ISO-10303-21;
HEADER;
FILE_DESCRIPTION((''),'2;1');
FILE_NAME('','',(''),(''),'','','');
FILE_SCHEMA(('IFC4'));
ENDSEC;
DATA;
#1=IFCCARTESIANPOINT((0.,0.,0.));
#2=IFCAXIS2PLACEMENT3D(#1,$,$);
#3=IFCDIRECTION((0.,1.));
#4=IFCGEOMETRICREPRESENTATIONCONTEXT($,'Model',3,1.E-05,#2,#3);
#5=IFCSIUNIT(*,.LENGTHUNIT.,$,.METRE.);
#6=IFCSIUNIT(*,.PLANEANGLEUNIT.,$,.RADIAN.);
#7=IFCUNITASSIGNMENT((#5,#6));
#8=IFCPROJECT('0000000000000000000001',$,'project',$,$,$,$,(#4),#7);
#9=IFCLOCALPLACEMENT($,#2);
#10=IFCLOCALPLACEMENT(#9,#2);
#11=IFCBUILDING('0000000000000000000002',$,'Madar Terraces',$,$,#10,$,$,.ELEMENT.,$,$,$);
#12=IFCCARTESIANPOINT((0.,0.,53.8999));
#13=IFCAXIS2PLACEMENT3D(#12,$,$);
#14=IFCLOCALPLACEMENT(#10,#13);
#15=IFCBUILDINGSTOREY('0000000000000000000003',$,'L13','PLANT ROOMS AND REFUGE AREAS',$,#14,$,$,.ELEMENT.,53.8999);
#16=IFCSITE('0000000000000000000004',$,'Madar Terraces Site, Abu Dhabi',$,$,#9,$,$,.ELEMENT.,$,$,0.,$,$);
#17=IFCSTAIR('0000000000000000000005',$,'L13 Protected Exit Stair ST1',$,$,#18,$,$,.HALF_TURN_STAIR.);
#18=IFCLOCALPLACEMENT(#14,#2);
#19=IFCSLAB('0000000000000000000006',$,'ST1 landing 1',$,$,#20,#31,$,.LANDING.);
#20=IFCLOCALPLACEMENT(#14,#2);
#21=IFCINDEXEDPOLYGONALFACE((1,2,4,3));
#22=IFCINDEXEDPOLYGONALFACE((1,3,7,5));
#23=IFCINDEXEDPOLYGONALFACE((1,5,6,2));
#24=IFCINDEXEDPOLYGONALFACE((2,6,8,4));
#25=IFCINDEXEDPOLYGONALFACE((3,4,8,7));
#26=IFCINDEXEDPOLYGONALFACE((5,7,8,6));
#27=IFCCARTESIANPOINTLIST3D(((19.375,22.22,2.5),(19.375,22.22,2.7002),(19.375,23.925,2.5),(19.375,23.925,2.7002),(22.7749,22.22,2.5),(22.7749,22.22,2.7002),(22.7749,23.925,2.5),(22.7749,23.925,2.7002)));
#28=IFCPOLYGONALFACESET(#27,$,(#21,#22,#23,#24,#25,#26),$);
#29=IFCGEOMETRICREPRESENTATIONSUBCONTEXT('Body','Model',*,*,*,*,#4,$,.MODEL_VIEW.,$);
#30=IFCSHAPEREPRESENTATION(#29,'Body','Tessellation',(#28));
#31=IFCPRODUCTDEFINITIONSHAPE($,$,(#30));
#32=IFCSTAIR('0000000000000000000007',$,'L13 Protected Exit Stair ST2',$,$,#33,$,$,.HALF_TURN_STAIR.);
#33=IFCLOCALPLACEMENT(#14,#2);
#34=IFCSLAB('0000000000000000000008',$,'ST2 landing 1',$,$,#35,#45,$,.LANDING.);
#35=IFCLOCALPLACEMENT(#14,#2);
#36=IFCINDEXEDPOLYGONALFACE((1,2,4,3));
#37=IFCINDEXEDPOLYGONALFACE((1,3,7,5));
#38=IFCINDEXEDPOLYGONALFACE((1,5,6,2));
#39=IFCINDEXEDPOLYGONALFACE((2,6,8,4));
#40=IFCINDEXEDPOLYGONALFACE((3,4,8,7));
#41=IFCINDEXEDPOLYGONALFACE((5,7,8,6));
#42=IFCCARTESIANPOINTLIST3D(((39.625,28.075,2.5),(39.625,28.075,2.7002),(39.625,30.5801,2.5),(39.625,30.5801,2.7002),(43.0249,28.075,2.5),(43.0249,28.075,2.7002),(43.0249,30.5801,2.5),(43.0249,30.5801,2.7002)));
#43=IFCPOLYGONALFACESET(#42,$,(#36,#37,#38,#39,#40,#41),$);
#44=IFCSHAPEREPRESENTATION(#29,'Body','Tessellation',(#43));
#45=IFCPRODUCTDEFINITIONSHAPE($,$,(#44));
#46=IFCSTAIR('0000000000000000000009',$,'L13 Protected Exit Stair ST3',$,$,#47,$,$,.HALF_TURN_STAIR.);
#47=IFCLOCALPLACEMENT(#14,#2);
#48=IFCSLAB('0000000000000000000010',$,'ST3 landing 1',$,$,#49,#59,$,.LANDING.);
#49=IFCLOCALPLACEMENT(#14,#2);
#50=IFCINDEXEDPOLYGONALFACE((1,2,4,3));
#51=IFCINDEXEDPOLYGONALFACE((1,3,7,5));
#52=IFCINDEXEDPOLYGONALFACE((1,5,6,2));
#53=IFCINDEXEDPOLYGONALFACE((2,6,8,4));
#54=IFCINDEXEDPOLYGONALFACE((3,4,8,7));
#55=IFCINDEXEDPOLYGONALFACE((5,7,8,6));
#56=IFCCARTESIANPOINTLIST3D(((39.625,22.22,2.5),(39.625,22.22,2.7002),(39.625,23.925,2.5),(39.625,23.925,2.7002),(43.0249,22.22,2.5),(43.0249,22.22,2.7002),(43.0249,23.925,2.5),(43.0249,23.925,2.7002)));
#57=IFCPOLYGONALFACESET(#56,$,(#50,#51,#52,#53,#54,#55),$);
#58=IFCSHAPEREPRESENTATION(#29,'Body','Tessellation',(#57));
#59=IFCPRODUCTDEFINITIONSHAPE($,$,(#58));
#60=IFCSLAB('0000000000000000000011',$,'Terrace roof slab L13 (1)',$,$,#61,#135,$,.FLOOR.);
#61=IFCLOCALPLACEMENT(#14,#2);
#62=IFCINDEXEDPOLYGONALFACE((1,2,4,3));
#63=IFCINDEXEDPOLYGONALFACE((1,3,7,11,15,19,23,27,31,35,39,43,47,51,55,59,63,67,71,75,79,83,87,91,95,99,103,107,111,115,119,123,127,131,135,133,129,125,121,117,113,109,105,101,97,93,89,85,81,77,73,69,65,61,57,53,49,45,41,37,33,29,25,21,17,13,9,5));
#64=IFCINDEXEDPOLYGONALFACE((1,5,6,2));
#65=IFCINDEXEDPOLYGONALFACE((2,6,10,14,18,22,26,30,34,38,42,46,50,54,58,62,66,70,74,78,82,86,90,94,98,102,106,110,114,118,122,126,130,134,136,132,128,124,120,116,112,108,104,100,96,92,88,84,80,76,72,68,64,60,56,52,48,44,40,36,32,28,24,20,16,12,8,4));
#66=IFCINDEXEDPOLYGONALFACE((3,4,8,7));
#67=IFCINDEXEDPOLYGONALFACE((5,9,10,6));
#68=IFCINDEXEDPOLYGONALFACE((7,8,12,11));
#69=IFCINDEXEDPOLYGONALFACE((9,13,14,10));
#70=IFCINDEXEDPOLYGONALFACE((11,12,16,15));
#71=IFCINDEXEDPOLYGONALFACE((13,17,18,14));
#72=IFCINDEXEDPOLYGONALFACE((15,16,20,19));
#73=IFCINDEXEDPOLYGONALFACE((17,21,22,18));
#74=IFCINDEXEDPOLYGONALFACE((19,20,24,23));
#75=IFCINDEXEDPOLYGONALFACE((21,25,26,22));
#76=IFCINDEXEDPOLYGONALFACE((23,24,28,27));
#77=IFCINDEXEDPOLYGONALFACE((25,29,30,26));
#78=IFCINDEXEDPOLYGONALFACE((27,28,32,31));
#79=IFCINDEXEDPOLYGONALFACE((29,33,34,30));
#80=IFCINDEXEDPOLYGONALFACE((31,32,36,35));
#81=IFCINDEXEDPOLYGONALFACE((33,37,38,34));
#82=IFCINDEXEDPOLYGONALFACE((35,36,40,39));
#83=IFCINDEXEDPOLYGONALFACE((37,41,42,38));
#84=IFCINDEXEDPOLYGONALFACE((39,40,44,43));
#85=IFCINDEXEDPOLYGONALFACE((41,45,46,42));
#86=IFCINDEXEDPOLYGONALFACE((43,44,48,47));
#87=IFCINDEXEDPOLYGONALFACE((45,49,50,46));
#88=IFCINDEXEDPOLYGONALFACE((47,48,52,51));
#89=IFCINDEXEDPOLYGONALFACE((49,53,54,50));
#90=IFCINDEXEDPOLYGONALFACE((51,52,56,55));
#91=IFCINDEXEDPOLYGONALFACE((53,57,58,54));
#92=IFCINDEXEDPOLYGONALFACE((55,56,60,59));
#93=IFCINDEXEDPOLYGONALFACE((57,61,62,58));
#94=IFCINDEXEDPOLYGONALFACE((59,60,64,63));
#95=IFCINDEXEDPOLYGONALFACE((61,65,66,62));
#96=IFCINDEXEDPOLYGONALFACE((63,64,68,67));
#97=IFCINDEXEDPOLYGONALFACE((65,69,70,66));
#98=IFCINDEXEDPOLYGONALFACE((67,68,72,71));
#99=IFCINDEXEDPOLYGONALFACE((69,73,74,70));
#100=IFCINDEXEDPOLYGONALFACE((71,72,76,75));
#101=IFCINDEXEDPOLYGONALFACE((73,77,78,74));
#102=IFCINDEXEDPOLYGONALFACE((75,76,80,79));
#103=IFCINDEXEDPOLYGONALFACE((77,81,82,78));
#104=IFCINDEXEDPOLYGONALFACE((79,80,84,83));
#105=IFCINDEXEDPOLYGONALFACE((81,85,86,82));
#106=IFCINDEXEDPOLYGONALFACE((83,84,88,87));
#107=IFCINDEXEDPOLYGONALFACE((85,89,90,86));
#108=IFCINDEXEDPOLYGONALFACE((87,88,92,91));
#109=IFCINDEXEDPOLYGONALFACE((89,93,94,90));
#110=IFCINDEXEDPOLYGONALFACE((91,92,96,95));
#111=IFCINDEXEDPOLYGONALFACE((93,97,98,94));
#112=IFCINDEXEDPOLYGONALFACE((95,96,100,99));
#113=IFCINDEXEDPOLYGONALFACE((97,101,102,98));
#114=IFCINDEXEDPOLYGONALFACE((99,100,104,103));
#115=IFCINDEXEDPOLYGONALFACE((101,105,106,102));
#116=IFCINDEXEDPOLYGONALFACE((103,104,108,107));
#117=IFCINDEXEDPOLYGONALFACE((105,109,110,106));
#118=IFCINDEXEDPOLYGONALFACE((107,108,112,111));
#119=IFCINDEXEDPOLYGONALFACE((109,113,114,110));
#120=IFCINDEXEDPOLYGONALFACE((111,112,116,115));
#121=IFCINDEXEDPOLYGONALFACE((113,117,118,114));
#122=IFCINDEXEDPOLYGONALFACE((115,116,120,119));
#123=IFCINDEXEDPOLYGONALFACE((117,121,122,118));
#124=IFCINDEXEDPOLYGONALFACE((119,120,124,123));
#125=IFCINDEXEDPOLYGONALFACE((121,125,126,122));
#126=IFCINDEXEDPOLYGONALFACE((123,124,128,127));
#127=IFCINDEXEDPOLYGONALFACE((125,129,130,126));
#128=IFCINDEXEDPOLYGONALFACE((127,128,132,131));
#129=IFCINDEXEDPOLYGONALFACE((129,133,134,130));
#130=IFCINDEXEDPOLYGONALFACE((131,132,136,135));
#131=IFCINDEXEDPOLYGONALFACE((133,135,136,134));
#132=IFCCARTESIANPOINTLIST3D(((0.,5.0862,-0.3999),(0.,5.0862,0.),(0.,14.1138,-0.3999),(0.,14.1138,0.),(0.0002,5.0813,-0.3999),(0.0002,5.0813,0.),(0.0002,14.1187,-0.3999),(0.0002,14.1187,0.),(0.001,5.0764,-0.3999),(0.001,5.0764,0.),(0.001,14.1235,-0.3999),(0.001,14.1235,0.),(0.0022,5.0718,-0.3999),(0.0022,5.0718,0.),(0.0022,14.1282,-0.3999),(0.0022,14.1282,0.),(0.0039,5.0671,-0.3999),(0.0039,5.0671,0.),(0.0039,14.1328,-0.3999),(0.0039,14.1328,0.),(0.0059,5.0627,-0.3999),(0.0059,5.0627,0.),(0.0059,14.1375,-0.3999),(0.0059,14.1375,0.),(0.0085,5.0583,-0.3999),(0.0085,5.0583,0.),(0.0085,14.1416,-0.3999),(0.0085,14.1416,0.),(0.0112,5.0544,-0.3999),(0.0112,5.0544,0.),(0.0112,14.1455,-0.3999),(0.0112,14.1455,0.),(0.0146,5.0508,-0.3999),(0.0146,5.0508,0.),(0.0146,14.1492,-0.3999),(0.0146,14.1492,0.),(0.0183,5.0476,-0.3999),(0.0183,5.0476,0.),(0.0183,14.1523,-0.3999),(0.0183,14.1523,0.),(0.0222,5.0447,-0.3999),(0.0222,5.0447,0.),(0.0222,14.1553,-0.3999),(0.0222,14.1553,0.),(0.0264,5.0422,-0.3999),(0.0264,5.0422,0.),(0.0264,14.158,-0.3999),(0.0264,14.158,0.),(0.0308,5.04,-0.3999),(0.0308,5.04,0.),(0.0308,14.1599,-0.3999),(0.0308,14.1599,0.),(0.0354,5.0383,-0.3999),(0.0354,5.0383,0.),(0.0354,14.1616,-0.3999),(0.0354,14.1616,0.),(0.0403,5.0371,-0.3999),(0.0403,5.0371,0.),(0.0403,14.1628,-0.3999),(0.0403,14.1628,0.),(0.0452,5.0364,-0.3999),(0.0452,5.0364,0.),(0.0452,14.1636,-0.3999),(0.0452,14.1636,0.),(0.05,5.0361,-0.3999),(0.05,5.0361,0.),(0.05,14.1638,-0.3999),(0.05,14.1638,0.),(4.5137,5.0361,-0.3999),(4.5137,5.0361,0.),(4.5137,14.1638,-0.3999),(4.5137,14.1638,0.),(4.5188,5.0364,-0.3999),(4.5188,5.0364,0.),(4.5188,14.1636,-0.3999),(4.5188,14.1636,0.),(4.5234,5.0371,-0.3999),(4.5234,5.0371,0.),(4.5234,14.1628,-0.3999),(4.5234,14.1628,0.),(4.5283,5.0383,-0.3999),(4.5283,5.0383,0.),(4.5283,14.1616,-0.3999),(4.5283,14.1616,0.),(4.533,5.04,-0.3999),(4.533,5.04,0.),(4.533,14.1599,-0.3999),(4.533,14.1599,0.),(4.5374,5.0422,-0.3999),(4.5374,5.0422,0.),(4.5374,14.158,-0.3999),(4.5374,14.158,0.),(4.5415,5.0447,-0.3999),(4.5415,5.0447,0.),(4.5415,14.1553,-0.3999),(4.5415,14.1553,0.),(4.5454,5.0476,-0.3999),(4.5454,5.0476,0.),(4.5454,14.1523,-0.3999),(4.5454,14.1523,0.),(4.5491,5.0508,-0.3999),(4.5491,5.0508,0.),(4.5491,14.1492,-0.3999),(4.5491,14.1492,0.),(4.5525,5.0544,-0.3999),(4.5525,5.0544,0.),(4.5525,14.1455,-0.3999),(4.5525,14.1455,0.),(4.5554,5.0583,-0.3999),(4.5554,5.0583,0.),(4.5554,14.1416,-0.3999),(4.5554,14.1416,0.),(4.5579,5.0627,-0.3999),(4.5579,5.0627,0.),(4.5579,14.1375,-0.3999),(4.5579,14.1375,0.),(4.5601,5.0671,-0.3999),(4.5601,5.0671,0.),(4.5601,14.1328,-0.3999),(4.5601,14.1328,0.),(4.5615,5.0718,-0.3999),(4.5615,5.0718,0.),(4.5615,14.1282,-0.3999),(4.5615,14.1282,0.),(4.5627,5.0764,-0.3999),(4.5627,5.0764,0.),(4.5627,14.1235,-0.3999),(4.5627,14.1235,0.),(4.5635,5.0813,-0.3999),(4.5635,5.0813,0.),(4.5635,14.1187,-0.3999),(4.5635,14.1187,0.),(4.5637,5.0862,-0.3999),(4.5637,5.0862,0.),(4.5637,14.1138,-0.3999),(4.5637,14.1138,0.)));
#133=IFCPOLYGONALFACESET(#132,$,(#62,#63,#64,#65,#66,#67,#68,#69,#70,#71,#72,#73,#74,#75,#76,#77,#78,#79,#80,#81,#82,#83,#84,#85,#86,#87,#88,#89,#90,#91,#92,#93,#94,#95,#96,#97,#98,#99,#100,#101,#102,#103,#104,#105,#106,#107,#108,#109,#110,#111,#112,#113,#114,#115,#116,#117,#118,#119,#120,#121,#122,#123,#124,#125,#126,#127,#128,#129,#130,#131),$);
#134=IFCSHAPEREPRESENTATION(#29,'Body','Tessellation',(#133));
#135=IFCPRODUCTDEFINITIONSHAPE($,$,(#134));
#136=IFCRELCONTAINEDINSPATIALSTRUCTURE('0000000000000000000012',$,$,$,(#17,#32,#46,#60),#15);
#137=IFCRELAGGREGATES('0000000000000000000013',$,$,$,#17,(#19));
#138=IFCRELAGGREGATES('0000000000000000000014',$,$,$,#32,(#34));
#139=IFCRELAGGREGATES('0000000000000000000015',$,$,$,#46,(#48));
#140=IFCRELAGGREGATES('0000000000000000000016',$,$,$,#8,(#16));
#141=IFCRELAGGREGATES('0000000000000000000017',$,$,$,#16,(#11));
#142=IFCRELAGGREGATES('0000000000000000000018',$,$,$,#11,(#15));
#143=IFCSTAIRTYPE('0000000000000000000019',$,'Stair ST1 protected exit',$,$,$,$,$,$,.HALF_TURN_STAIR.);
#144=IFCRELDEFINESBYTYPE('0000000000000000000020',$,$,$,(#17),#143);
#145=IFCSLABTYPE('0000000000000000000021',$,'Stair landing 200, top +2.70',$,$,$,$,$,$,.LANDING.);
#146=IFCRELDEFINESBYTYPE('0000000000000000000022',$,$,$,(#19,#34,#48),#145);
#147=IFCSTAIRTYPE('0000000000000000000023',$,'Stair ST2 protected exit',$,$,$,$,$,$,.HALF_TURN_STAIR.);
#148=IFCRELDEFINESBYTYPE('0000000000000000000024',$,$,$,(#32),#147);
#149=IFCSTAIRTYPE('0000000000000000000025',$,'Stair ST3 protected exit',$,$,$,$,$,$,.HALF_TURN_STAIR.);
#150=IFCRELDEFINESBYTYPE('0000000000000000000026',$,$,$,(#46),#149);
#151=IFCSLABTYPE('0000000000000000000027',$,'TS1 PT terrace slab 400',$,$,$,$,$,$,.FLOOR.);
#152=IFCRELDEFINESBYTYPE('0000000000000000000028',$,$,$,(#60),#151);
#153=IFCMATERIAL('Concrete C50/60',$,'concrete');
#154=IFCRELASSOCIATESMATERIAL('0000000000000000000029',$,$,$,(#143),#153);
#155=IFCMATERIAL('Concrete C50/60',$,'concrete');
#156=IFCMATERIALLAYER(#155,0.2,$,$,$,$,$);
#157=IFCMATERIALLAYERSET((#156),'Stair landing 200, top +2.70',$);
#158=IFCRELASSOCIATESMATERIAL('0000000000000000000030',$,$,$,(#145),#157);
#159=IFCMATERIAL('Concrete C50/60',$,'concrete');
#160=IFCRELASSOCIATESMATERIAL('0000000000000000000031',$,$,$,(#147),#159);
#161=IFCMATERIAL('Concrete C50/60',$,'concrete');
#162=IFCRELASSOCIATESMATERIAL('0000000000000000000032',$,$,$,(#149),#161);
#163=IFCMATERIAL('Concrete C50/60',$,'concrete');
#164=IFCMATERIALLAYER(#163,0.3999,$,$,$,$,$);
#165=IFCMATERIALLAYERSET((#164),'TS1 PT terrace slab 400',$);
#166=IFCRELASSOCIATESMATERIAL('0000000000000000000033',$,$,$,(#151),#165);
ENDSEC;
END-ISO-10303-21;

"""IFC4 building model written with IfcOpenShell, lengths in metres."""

from ifc_helpers import new_model, si_unit, direction, frame, origin, place, context, subcontext, project, spatial, polyline, outline, extrude, material, layer, layer_set, type_object, element, aggregate, save


model = new_model("IFC4")

# Units and contexts
model_context = context("Model", 3, precision=1e-05, world=origin(), true_north=direction((0.0, 1.0)))
body_context = subcontext(model_context, "Body", "Model", "MODEL_VIEW")
ifc_project = project(units=[si_unit("LENGTHUNIT", "METRE"), si_unit("PLANEANGLEUNIT", "RADIAN")], contexts=[model_context])

# Site, building, storey
site_placement = place(None, origin())
site = spatial("IfcSite", under=ifc_project, at=site_placement, Name="Madar Terraces Site, Abu Dhabi", CompositionType="ELEMENT", RefElevation=0.0)
building_placement = place(site_placement, origin())
building = spatial("IfcBuilding", under=site, at=building_placement, Name="Madar Terraces", CompositionType="ELEMENT")
storey_placement = place(building_placement, frame((0.0, 0.0, 53.8999)))
storey = spatial("IfcBuildingStorey", under=building, at=storey_placement, Name="L13", Description="PLANT ROOMS AND REFUGE AREAS", CompositionType="ELEMENT", Elevation=53.8999)

# Stairs, slabs
ifc_material_1 = material(Name="Concrete C50/60", Category="concrete")
stair_type_1 = type_object("IfcStairType", Name="Stair ST1 protected exit", PredefinedType="HALF_TURN_STAIR", material=ifc_material_1)
stair_1_placement = place(storey_placement, origin())
stair_1 = element("IfcStair", 1, at=stair_1_placement, inside=storey, type_object=stair_type_1, Name="L13 Protected Exit Stair ST1", PredefinedType="HALF_TURN_STAIR")
ifc_material_2 = material(Name="Concrete C50/60", Category="concrete")
ifc_layer_1 = layer(ifc_material_2, 0.2)
ifc_layer_set_1 = layer_set([ifc_layer_1], Name="Stair landing 200, top +2.70")
slab_type_1 = type_object("IfcSlabType", Name="Stair landing 200, top +2.70", PredefinedType="LANDING", material=ifc_layer_set_1)
slab_1_placement = place(storey_placement, frame((0.0, 0.0, 2.5)))
slab_1 = element("IfcSlab", 2, at=slab_1_placement, type_object=slab_type_1, Name="ST1 landing 1", PredefinedType="LANDING", context=body_context, shape_type="SweptSolid", body=[
    extrude(outline(polyline([(19.375, 22.22), (22.7749, 22.22), (22.7749, 23.925), (19.375, 23.925), (19.375, 22.22)])), origin(), (0.0, 0.0, 1.0), 0.2002),
])
aggregate(stair_1, [slab_1])
ifc_material_3 = material(Name="Concrete C50/60", Category="concrete")
stair_type_2 = type_object("IfcStairType", Name="Stair ST2 protected exit", PredefinedType="HALF_TURN_STAIR", material=ifc_material_3)
stair_2_placement = place(storey_placement, origin())
stair_2 = element("IfcStair", 3, at=stair_2_placement, inside=storey, type_object=stair_type_2, Name="L13 Protected Exit Stair ST2", PredefinedType="HALF_TURN_STAIR")
slab_2_placement = place(storey_placement, frame((0.0, 0.0, 2.5)))
slab_2 = element("IfcSlab", 4, at=slab_2_placement, type_object=slab_type_1, Name="ST2 landing 1", PredefinedType="LANDING", context=body_context, shape_type="SweptSolid", body=[
    extrude(outline(polyline([(39.625, 28.075), (43.0249, 28.075), (43.0249, 30.5801), (39.625, 30.5801), (39.625, 28.075)])), origin(), (0.0, 0.0, 1.0), 0.2002),
])
aggregate(stair_2, [slab_2])
ifc_material_4 = material(Name="Concrete C50/60", Category="concrete")
stair_type_3 = type_object("IfcStairType", Name="Stair ST3 protected exit", PredefinedType="HALF_TURN_STAIR", material=ifc_material_4)
stair_3_placement = place(storey_placement, origin())
stair_3 = element("IfcStair", 5, at=stair_3_placement, inside=storey, type_object=stair_type_3, Name="L13 Protected Exit Stair ST3", PredefinedType="HALF_TURN_STAIR")
slab_3_placement = place(storey_placement, frame((0.0, 0.0, 2.5)))
slab_3 = element("IfcSlab", 6, at=slab_3_placement, type_object=slab_type_1, Name="ST3 landing 1", PredefinedType="LANDING", context=body_context, shape_type="SweptSolid", body=[
    extrude(outline(polyline([(39.625, 22.22), (43.0249, 22.22), (43.0249, 23.925), (39.625, 23.925), (39.625, 22.22)])), origin(), (0.0, 0.0, 1.0), 0.2002),
])
aggregate(stair_3, [slab_3])

# Slab
ifc_material_5 = material(Name="Concrete C50/60", Category="concrete")
ifc_layer_2 = layer(ifc_material_5, 0.3999)
ifc_layer_set_2 = layer_set([ifc_layer_2], Name="TS1 PT terrace slab 400")
slab_type_2 = type_object("IfcSlabType", Name="TS1 PT terrace slab 400", PredefinedType="FLOOR", material=ifc_layer_set_2)
slab_4_placement = place(storey_placement, frame((0.0, 0.0, -0.3999)))
element("IfcSlab", 7, at=slab_4_placement, inside=storey, type_object=slab_type_2, Name="Terrace roof slab L13 (1)", PredefinedType="FLOOR", context=body_context, shape_type="SweptSolid", body=[
    extrude(outline(polyline([(0.001, 14.1235), (0.0002, 14.1187), (0.0, 14.1138), (0.0, 5.0862), (0.0002, 5.0813), (0.001, 5.0764), (0.0022, 5.0718), (0.0039, 5.0671), (0.0059, 5.0627), (0.0085, 5.0583), (0.0112, 5.0544), (0.0146, 5.0508), (0.0183, 5.0476), (0.0222, 5.0447), (0.0264, 5.0422), (0.0308, 5.04), (0.0354, 5.0383), (0.0403, 5.0371), (0.0452, 5.0364), (0.05, 5.0361), (4.5137, 5.0361), (4.5188, 5.0364), (4.5234, 5.0371), (4.5283, 5.0383), (4.533, 5.04), (4.5374, 5.0422), (4.5415, 5.0447), (4.5454, 5.0476), (4.5491, 5.0508), (4.5525, 5.0544), (4.5554, 5.0583), (4.5579, 5.0627), (4.5601, 5.0671), (4.5615, 5.0718), (4.5627, 5.0764), (4.5635, 5.0813), (4.5637, 5.0862), (4.5637, 14.1138), (4.5635, 14.1187), (4.5627, 14.1235), (4.5615, 14.1282), (4.5601, 14.1328), (4.5579, 14.1375), (4.5554, 14.1416), (4.5525, 14.1455), (4.5491, 14.1492), (4.5454, 14.1523), (4.5415, 14.1553), (4.5374, 14.158), (4.533, 14.1599), (4.5283, 14.1616), (4.5234, 14.1628), (4.5188, 14.1636), (4.5137, 14.1638), (0.05, 14.1638), (0.0452, 14.1636), (0.0403, 14.1628), (0.0354, 14.1616), (0.0308, 14.1599), (0.0264, 14.158), (0.0222, 14.1553), (0.0183, 14.1523), (0.0146, 14.1492), (0.0112, 14.1455), (0.0085, 14.1416), (0.0059, 14.1375), (0.0039, 14.1328), (0.0022, 14.1282), (0.001, 14.1235)])), origin(), (0.0, 0.0, 1.0), 0.3999),
])

save(model, "model.ifc")
